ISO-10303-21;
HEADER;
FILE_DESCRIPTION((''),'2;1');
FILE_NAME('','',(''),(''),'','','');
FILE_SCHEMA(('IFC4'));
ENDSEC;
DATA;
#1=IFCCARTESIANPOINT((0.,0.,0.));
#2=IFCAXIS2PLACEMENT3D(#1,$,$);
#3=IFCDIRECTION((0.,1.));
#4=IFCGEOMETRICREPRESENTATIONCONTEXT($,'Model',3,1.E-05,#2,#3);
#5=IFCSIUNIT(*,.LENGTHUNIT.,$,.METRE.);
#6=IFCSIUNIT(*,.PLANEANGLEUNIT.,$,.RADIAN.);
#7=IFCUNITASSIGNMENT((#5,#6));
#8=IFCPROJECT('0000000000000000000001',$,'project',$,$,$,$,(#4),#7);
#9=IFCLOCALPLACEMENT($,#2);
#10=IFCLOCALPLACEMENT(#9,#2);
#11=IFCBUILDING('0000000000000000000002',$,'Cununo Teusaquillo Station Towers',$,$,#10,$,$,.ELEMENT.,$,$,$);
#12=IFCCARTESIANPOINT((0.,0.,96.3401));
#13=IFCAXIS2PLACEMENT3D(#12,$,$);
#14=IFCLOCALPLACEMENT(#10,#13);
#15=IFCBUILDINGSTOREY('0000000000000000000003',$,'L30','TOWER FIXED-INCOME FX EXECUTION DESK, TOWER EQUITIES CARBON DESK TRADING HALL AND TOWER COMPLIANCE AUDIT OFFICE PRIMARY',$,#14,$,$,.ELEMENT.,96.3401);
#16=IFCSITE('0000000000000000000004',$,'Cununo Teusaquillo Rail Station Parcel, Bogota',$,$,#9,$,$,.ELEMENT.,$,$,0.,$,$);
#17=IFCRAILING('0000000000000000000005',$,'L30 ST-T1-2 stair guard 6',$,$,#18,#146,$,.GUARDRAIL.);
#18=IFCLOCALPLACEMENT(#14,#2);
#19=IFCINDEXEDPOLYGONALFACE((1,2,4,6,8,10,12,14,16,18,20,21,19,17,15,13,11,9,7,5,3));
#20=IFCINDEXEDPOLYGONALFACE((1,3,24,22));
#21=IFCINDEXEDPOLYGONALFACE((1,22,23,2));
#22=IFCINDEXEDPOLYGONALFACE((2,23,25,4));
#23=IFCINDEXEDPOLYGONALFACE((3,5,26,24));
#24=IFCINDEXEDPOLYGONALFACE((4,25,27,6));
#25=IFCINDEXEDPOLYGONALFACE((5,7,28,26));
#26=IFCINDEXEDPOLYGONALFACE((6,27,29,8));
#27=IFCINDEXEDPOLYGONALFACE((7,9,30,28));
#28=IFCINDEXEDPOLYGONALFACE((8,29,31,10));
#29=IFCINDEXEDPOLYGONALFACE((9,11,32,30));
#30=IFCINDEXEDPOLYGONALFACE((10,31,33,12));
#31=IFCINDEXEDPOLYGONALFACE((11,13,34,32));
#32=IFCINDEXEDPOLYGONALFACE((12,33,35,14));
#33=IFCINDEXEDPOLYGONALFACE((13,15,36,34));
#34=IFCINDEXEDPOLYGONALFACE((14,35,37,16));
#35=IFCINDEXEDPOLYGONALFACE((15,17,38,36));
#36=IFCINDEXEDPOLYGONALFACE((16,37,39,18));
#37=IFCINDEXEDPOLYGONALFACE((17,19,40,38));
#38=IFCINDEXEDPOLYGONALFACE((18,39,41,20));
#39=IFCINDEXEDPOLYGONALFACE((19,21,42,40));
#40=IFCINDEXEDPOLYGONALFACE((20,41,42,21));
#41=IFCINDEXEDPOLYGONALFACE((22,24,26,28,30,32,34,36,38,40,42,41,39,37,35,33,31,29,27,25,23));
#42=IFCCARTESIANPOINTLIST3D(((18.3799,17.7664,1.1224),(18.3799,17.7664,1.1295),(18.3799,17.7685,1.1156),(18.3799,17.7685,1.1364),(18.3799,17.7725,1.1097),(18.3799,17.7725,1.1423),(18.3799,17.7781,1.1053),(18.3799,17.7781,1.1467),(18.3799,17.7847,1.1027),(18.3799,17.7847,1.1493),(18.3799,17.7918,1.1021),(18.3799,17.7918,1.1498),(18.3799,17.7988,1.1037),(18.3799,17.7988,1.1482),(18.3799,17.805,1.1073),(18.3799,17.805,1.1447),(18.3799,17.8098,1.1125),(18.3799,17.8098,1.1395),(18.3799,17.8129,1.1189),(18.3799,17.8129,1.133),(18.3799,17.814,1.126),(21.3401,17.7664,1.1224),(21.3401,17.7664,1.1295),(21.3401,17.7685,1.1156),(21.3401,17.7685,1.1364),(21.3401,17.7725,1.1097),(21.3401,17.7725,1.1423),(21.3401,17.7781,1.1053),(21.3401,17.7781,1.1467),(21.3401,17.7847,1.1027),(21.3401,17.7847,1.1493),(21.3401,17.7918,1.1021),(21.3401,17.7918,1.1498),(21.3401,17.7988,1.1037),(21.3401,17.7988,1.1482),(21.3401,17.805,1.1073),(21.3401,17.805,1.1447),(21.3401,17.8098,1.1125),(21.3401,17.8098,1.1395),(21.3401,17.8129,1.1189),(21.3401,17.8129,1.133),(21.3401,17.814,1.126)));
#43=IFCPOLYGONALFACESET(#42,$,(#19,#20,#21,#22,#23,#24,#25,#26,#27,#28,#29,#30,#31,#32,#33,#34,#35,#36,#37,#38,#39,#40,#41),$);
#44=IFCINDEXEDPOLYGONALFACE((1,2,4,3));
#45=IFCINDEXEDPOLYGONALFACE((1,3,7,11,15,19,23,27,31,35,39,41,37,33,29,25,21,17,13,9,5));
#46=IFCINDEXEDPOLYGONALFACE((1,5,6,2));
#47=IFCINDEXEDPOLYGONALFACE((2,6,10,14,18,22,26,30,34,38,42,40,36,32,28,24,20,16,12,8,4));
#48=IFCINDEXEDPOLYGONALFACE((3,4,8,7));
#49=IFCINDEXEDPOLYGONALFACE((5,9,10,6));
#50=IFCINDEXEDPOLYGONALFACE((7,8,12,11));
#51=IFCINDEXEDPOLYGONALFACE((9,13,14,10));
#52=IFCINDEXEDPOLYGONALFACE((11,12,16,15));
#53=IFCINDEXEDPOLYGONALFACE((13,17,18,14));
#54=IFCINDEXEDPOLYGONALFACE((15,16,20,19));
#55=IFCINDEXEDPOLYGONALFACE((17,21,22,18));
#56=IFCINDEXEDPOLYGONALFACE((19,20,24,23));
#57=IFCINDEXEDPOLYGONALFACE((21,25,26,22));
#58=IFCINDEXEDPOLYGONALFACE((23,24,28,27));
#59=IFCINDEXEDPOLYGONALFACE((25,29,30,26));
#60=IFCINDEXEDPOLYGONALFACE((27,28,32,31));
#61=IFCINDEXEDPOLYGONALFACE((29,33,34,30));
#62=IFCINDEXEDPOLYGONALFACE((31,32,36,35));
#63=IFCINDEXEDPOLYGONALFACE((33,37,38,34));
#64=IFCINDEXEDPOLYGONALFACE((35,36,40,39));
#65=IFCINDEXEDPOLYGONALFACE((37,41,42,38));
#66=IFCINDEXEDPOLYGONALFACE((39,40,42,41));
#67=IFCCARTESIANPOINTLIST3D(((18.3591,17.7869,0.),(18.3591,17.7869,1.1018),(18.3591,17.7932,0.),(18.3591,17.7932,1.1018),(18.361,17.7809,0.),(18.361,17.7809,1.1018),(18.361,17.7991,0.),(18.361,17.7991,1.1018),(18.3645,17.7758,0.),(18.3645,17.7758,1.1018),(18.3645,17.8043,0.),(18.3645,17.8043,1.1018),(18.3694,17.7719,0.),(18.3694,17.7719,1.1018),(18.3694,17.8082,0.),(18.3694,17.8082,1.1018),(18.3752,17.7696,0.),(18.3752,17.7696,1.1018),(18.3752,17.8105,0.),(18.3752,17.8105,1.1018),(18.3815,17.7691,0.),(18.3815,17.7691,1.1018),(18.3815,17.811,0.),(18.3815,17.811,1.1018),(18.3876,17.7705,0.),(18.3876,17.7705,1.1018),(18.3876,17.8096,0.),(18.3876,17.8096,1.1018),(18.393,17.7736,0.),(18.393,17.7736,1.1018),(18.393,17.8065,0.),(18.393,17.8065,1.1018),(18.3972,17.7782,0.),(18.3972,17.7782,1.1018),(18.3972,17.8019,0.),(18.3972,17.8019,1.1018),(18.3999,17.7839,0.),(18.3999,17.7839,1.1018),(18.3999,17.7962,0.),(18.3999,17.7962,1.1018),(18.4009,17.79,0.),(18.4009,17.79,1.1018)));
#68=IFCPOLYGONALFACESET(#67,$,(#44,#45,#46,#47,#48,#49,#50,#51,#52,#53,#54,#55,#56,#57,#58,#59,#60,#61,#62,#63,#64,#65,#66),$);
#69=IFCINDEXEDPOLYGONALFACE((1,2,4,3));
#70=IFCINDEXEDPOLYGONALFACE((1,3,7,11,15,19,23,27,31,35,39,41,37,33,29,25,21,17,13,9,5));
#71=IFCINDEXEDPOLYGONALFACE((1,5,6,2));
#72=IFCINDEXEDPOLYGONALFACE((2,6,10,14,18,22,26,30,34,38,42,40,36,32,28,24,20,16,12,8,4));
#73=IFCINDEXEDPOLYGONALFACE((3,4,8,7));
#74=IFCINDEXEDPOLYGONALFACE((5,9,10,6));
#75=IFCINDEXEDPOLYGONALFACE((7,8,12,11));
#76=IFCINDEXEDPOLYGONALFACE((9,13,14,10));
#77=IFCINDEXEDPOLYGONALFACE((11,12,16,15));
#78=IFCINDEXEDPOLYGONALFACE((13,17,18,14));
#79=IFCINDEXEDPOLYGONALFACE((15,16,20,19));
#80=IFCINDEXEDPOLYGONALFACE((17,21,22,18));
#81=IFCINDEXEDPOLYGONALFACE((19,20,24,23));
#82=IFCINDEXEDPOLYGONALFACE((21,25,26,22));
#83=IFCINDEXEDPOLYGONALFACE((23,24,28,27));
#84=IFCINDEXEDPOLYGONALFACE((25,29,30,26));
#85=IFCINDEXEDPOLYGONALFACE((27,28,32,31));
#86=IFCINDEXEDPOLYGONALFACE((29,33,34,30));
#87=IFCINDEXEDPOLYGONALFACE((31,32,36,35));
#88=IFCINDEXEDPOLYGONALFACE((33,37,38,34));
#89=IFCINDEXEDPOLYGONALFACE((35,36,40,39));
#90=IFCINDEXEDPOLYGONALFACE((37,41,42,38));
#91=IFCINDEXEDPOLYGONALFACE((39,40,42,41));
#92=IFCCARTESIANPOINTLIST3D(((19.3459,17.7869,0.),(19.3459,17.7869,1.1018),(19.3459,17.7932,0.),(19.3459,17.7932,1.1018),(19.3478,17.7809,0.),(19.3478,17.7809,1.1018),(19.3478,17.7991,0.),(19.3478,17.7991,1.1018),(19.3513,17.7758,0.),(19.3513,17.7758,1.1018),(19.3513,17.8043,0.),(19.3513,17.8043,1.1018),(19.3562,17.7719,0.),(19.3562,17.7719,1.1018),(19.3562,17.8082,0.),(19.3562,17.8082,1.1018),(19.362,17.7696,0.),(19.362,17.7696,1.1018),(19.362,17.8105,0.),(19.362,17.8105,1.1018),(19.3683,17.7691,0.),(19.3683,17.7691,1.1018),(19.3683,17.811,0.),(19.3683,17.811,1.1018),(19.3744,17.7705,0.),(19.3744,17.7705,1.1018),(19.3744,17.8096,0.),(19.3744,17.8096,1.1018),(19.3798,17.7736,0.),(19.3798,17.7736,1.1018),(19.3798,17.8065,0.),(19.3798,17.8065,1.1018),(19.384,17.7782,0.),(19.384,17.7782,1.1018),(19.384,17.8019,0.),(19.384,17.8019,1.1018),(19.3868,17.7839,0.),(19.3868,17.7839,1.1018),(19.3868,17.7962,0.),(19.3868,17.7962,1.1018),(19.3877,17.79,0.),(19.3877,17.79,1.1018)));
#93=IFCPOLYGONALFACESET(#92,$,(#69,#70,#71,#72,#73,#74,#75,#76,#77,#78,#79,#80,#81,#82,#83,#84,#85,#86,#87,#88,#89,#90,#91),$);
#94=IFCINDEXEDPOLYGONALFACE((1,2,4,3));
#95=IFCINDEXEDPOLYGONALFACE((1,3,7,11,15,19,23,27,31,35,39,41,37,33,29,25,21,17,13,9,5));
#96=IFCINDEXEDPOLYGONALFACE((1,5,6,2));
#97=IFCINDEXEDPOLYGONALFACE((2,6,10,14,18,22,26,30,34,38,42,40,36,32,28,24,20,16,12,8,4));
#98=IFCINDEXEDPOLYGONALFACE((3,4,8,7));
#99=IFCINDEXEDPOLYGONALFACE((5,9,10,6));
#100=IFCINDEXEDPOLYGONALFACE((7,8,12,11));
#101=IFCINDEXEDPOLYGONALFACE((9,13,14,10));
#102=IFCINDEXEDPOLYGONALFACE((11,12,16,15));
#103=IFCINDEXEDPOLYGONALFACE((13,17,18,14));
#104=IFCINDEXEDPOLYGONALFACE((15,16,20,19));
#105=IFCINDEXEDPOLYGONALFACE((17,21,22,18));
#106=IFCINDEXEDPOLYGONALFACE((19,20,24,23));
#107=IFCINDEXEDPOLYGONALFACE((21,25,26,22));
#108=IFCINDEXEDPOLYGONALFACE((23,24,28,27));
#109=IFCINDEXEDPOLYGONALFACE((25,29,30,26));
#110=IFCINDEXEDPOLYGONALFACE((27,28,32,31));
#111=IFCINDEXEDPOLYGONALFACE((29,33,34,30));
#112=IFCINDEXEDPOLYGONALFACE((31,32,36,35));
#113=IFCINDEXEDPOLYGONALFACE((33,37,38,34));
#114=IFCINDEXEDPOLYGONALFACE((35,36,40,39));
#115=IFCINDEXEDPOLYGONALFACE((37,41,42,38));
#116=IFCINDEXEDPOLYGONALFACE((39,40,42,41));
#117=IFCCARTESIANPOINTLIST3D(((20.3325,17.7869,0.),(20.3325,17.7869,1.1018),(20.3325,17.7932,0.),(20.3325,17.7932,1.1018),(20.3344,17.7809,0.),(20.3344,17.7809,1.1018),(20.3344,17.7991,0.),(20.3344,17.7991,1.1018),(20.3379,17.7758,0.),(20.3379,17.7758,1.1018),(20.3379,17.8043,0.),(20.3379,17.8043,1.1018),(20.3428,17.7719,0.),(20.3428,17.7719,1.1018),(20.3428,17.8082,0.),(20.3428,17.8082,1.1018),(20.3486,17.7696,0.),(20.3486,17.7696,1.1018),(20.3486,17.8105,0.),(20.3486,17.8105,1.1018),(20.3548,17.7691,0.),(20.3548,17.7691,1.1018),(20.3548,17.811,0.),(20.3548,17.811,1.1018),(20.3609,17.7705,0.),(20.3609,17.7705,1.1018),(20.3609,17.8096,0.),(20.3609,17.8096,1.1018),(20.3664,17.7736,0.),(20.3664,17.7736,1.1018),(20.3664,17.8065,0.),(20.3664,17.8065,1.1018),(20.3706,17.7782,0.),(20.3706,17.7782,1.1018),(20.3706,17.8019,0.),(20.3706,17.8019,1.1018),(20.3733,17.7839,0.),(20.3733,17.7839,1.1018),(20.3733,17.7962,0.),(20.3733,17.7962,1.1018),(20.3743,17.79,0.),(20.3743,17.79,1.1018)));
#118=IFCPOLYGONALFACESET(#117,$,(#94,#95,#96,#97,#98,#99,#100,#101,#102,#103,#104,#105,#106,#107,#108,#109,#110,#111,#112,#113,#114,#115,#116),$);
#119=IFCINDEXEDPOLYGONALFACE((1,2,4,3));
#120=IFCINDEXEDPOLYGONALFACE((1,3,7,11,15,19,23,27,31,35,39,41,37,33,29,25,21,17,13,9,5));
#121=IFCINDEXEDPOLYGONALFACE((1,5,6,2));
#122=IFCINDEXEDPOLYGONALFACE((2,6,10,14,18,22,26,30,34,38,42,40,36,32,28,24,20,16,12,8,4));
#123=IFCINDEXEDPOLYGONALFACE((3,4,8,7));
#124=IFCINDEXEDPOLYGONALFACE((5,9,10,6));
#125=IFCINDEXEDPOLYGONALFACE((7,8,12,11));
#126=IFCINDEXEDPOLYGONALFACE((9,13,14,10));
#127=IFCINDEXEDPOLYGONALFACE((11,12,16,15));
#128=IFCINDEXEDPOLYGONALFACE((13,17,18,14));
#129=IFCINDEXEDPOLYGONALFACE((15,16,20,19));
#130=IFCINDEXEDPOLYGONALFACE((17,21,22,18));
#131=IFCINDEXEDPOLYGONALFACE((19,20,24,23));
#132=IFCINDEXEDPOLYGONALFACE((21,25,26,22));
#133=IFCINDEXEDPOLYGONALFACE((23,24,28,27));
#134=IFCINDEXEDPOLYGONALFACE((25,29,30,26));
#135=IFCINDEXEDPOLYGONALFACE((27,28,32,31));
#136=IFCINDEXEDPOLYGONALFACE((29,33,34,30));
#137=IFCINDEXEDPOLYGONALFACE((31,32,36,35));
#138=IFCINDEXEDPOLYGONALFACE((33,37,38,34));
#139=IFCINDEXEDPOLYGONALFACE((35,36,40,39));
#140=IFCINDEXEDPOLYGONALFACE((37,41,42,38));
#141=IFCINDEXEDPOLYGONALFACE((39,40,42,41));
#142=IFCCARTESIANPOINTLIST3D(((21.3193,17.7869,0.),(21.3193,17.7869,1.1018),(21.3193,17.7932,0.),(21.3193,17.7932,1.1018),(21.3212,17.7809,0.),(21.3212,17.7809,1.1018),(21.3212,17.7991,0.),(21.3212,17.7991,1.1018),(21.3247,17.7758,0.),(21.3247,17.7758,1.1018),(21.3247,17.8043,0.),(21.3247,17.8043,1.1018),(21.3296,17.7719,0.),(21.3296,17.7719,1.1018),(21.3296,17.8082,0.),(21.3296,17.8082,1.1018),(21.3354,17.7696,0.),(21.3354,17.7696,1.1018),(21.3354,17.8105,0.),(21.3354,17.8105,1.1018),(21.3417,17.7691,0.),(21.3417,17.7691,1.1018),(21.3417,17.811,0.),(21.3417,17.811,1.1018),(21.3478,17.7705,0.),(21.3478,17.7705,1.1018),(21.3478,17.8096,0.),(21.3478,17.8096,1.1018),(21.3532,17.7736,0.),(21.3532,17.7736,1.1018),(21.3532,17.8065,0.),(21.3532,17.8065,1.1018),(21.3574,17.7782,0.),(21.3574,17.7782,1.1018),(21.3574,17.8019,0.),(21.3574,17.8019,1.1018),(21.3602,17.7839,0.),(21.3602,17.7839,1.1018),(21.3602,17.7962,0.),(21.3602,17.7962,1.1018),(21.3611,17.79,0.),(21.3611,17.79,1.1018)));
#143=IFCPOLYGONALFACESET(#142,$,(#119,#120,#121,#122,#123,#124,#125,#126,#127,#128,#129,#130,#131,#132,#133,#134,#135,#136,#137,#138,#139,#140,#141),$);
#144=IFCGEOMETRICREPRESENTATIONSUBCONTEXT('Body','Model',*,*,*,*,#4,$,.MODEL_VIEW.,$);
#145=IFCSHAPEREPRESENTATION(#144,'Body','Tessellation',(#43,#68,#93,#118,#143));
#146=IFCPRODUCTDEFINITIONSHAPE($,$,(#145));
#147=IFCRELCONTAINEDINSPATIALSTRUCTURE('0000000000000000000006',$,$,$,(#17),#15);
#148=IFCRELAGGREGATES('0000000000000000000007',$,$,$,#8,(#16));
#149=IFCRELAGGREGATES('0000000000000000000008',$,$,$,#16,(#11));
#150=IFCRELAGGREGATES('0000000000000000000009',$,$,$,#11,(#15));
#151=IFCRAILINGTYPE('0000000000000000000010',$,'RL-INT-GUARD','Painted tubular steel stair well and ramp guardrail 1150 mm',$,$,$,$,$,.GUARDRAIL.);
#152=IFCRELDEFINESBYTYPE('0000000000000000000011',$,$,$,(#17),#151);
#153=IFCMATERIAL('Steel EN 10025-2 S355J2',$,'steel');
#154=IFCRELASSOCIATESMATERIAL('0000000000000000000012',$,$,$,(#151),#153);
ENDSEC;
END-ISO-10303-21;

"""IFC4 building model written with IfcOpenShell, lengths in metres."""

from ifc_helpers import new_model, si_unit, direction, frame, origin, origin_2d, place, context, subcontext, project, spatial, circle, extrude, material, type_object, element, save


model = new_model("IFC4")

# Units and contexts
model_context = context("Model", 3, precision=1e-05, world=origin(), true_north=direction((0.0, 1.0)))
body_context = subcontext(model_context, "Body", "Model", "MODEL_VIEW")
ifc_project = project(units=[si_unit("LENGTHUNIT", "METRE"), si_unit("PLANEANGLEUNIT", "RADIAN")], contexts=[model_context])

# Site, building, storey
site_placement = place(None, origin())
site = spatial("IfcSite", under=ifc_project, at=site_placement, Name="Cununo Teusaquillo Rail Station Parcel, Bogota", CompositionType="ELEMENT", RefElevation=0.0)
building_placement = place(site_placement, origin())
building = spatial("IfcBuilding", under=site, at=building_placement, Name="Cununo Teusaquillo Station Towers", CompositionType="ELEMENT")
storey_placement = place(building_placement, frame((0.0, 0.0, 96.3401)))
storey = spatial("IfcBuildingStorey", under=building, at=storey_placement, Name="L30", Description="TOWER FIXED-INCOME FX EXECUTION DESK, TOWER EQUITIES CARBON DESK TRADING HALL AND TOWER COMPLIANCE AUDIT OFFICE PRIMARY", CompositionType="ELEMENT", Elevation=96.3401)

# Railing
ifc_material_1 = material(Name="Steel EN 10025-2 S355J2", Category="steel")
railing_type_1 = type_object("IfcRailingType", Name="RL-INT-GUARD", Description="Painted tubular steel stair well and ramp guardrail 1150 mm", PredefinedType="GUARDRAIL", material=ifc_material_1)
railing_1_placement = place(storey_placement, frame((18.3799, 17.79, 0.0)))
element("IfcRailing", 1, at=railing_1_placement, inside=storey, type_object=railing_type_1, Name="L30 ST-T1-2 stair guard 6", PredefinedType="GUARDRAIL", context=body_context, shape_type="SweptSolid", body=[
    extrude(circle(Radius=0.0239, at=origin_2d()), frame((0.0, 0.0, 1.126), z_axis=(1.0, 0.0, 0.0), x_axis=(0.0, 1.0, 0.0)), (0.0, 0.0, 1.0), 2.9602),
    extrude(circle(Radius=0.021, at=origin_2d()), origin(), (0.0, 0.0, 1.0), 1.1018),
    extrude(circle(Radius=0.021, at=origin_2d()), frame((0.9868, 0.0, 0.0)), (0.0, 0.0, 1.0), 1.1018),
    extrude(circle(Radius=0.021, at=origin_2d()), frame((1.9734, 0.0, 0.0)), (0.0, 0.0, 1.0), 1.1018),
    extrude(circle(Radius=0.021, at=origin_2d()), frame((2.9602, 0.0, 0.0)), (0.0, 0.0, 1.0), 1.1018),
])

save(model, "model.ifc")
